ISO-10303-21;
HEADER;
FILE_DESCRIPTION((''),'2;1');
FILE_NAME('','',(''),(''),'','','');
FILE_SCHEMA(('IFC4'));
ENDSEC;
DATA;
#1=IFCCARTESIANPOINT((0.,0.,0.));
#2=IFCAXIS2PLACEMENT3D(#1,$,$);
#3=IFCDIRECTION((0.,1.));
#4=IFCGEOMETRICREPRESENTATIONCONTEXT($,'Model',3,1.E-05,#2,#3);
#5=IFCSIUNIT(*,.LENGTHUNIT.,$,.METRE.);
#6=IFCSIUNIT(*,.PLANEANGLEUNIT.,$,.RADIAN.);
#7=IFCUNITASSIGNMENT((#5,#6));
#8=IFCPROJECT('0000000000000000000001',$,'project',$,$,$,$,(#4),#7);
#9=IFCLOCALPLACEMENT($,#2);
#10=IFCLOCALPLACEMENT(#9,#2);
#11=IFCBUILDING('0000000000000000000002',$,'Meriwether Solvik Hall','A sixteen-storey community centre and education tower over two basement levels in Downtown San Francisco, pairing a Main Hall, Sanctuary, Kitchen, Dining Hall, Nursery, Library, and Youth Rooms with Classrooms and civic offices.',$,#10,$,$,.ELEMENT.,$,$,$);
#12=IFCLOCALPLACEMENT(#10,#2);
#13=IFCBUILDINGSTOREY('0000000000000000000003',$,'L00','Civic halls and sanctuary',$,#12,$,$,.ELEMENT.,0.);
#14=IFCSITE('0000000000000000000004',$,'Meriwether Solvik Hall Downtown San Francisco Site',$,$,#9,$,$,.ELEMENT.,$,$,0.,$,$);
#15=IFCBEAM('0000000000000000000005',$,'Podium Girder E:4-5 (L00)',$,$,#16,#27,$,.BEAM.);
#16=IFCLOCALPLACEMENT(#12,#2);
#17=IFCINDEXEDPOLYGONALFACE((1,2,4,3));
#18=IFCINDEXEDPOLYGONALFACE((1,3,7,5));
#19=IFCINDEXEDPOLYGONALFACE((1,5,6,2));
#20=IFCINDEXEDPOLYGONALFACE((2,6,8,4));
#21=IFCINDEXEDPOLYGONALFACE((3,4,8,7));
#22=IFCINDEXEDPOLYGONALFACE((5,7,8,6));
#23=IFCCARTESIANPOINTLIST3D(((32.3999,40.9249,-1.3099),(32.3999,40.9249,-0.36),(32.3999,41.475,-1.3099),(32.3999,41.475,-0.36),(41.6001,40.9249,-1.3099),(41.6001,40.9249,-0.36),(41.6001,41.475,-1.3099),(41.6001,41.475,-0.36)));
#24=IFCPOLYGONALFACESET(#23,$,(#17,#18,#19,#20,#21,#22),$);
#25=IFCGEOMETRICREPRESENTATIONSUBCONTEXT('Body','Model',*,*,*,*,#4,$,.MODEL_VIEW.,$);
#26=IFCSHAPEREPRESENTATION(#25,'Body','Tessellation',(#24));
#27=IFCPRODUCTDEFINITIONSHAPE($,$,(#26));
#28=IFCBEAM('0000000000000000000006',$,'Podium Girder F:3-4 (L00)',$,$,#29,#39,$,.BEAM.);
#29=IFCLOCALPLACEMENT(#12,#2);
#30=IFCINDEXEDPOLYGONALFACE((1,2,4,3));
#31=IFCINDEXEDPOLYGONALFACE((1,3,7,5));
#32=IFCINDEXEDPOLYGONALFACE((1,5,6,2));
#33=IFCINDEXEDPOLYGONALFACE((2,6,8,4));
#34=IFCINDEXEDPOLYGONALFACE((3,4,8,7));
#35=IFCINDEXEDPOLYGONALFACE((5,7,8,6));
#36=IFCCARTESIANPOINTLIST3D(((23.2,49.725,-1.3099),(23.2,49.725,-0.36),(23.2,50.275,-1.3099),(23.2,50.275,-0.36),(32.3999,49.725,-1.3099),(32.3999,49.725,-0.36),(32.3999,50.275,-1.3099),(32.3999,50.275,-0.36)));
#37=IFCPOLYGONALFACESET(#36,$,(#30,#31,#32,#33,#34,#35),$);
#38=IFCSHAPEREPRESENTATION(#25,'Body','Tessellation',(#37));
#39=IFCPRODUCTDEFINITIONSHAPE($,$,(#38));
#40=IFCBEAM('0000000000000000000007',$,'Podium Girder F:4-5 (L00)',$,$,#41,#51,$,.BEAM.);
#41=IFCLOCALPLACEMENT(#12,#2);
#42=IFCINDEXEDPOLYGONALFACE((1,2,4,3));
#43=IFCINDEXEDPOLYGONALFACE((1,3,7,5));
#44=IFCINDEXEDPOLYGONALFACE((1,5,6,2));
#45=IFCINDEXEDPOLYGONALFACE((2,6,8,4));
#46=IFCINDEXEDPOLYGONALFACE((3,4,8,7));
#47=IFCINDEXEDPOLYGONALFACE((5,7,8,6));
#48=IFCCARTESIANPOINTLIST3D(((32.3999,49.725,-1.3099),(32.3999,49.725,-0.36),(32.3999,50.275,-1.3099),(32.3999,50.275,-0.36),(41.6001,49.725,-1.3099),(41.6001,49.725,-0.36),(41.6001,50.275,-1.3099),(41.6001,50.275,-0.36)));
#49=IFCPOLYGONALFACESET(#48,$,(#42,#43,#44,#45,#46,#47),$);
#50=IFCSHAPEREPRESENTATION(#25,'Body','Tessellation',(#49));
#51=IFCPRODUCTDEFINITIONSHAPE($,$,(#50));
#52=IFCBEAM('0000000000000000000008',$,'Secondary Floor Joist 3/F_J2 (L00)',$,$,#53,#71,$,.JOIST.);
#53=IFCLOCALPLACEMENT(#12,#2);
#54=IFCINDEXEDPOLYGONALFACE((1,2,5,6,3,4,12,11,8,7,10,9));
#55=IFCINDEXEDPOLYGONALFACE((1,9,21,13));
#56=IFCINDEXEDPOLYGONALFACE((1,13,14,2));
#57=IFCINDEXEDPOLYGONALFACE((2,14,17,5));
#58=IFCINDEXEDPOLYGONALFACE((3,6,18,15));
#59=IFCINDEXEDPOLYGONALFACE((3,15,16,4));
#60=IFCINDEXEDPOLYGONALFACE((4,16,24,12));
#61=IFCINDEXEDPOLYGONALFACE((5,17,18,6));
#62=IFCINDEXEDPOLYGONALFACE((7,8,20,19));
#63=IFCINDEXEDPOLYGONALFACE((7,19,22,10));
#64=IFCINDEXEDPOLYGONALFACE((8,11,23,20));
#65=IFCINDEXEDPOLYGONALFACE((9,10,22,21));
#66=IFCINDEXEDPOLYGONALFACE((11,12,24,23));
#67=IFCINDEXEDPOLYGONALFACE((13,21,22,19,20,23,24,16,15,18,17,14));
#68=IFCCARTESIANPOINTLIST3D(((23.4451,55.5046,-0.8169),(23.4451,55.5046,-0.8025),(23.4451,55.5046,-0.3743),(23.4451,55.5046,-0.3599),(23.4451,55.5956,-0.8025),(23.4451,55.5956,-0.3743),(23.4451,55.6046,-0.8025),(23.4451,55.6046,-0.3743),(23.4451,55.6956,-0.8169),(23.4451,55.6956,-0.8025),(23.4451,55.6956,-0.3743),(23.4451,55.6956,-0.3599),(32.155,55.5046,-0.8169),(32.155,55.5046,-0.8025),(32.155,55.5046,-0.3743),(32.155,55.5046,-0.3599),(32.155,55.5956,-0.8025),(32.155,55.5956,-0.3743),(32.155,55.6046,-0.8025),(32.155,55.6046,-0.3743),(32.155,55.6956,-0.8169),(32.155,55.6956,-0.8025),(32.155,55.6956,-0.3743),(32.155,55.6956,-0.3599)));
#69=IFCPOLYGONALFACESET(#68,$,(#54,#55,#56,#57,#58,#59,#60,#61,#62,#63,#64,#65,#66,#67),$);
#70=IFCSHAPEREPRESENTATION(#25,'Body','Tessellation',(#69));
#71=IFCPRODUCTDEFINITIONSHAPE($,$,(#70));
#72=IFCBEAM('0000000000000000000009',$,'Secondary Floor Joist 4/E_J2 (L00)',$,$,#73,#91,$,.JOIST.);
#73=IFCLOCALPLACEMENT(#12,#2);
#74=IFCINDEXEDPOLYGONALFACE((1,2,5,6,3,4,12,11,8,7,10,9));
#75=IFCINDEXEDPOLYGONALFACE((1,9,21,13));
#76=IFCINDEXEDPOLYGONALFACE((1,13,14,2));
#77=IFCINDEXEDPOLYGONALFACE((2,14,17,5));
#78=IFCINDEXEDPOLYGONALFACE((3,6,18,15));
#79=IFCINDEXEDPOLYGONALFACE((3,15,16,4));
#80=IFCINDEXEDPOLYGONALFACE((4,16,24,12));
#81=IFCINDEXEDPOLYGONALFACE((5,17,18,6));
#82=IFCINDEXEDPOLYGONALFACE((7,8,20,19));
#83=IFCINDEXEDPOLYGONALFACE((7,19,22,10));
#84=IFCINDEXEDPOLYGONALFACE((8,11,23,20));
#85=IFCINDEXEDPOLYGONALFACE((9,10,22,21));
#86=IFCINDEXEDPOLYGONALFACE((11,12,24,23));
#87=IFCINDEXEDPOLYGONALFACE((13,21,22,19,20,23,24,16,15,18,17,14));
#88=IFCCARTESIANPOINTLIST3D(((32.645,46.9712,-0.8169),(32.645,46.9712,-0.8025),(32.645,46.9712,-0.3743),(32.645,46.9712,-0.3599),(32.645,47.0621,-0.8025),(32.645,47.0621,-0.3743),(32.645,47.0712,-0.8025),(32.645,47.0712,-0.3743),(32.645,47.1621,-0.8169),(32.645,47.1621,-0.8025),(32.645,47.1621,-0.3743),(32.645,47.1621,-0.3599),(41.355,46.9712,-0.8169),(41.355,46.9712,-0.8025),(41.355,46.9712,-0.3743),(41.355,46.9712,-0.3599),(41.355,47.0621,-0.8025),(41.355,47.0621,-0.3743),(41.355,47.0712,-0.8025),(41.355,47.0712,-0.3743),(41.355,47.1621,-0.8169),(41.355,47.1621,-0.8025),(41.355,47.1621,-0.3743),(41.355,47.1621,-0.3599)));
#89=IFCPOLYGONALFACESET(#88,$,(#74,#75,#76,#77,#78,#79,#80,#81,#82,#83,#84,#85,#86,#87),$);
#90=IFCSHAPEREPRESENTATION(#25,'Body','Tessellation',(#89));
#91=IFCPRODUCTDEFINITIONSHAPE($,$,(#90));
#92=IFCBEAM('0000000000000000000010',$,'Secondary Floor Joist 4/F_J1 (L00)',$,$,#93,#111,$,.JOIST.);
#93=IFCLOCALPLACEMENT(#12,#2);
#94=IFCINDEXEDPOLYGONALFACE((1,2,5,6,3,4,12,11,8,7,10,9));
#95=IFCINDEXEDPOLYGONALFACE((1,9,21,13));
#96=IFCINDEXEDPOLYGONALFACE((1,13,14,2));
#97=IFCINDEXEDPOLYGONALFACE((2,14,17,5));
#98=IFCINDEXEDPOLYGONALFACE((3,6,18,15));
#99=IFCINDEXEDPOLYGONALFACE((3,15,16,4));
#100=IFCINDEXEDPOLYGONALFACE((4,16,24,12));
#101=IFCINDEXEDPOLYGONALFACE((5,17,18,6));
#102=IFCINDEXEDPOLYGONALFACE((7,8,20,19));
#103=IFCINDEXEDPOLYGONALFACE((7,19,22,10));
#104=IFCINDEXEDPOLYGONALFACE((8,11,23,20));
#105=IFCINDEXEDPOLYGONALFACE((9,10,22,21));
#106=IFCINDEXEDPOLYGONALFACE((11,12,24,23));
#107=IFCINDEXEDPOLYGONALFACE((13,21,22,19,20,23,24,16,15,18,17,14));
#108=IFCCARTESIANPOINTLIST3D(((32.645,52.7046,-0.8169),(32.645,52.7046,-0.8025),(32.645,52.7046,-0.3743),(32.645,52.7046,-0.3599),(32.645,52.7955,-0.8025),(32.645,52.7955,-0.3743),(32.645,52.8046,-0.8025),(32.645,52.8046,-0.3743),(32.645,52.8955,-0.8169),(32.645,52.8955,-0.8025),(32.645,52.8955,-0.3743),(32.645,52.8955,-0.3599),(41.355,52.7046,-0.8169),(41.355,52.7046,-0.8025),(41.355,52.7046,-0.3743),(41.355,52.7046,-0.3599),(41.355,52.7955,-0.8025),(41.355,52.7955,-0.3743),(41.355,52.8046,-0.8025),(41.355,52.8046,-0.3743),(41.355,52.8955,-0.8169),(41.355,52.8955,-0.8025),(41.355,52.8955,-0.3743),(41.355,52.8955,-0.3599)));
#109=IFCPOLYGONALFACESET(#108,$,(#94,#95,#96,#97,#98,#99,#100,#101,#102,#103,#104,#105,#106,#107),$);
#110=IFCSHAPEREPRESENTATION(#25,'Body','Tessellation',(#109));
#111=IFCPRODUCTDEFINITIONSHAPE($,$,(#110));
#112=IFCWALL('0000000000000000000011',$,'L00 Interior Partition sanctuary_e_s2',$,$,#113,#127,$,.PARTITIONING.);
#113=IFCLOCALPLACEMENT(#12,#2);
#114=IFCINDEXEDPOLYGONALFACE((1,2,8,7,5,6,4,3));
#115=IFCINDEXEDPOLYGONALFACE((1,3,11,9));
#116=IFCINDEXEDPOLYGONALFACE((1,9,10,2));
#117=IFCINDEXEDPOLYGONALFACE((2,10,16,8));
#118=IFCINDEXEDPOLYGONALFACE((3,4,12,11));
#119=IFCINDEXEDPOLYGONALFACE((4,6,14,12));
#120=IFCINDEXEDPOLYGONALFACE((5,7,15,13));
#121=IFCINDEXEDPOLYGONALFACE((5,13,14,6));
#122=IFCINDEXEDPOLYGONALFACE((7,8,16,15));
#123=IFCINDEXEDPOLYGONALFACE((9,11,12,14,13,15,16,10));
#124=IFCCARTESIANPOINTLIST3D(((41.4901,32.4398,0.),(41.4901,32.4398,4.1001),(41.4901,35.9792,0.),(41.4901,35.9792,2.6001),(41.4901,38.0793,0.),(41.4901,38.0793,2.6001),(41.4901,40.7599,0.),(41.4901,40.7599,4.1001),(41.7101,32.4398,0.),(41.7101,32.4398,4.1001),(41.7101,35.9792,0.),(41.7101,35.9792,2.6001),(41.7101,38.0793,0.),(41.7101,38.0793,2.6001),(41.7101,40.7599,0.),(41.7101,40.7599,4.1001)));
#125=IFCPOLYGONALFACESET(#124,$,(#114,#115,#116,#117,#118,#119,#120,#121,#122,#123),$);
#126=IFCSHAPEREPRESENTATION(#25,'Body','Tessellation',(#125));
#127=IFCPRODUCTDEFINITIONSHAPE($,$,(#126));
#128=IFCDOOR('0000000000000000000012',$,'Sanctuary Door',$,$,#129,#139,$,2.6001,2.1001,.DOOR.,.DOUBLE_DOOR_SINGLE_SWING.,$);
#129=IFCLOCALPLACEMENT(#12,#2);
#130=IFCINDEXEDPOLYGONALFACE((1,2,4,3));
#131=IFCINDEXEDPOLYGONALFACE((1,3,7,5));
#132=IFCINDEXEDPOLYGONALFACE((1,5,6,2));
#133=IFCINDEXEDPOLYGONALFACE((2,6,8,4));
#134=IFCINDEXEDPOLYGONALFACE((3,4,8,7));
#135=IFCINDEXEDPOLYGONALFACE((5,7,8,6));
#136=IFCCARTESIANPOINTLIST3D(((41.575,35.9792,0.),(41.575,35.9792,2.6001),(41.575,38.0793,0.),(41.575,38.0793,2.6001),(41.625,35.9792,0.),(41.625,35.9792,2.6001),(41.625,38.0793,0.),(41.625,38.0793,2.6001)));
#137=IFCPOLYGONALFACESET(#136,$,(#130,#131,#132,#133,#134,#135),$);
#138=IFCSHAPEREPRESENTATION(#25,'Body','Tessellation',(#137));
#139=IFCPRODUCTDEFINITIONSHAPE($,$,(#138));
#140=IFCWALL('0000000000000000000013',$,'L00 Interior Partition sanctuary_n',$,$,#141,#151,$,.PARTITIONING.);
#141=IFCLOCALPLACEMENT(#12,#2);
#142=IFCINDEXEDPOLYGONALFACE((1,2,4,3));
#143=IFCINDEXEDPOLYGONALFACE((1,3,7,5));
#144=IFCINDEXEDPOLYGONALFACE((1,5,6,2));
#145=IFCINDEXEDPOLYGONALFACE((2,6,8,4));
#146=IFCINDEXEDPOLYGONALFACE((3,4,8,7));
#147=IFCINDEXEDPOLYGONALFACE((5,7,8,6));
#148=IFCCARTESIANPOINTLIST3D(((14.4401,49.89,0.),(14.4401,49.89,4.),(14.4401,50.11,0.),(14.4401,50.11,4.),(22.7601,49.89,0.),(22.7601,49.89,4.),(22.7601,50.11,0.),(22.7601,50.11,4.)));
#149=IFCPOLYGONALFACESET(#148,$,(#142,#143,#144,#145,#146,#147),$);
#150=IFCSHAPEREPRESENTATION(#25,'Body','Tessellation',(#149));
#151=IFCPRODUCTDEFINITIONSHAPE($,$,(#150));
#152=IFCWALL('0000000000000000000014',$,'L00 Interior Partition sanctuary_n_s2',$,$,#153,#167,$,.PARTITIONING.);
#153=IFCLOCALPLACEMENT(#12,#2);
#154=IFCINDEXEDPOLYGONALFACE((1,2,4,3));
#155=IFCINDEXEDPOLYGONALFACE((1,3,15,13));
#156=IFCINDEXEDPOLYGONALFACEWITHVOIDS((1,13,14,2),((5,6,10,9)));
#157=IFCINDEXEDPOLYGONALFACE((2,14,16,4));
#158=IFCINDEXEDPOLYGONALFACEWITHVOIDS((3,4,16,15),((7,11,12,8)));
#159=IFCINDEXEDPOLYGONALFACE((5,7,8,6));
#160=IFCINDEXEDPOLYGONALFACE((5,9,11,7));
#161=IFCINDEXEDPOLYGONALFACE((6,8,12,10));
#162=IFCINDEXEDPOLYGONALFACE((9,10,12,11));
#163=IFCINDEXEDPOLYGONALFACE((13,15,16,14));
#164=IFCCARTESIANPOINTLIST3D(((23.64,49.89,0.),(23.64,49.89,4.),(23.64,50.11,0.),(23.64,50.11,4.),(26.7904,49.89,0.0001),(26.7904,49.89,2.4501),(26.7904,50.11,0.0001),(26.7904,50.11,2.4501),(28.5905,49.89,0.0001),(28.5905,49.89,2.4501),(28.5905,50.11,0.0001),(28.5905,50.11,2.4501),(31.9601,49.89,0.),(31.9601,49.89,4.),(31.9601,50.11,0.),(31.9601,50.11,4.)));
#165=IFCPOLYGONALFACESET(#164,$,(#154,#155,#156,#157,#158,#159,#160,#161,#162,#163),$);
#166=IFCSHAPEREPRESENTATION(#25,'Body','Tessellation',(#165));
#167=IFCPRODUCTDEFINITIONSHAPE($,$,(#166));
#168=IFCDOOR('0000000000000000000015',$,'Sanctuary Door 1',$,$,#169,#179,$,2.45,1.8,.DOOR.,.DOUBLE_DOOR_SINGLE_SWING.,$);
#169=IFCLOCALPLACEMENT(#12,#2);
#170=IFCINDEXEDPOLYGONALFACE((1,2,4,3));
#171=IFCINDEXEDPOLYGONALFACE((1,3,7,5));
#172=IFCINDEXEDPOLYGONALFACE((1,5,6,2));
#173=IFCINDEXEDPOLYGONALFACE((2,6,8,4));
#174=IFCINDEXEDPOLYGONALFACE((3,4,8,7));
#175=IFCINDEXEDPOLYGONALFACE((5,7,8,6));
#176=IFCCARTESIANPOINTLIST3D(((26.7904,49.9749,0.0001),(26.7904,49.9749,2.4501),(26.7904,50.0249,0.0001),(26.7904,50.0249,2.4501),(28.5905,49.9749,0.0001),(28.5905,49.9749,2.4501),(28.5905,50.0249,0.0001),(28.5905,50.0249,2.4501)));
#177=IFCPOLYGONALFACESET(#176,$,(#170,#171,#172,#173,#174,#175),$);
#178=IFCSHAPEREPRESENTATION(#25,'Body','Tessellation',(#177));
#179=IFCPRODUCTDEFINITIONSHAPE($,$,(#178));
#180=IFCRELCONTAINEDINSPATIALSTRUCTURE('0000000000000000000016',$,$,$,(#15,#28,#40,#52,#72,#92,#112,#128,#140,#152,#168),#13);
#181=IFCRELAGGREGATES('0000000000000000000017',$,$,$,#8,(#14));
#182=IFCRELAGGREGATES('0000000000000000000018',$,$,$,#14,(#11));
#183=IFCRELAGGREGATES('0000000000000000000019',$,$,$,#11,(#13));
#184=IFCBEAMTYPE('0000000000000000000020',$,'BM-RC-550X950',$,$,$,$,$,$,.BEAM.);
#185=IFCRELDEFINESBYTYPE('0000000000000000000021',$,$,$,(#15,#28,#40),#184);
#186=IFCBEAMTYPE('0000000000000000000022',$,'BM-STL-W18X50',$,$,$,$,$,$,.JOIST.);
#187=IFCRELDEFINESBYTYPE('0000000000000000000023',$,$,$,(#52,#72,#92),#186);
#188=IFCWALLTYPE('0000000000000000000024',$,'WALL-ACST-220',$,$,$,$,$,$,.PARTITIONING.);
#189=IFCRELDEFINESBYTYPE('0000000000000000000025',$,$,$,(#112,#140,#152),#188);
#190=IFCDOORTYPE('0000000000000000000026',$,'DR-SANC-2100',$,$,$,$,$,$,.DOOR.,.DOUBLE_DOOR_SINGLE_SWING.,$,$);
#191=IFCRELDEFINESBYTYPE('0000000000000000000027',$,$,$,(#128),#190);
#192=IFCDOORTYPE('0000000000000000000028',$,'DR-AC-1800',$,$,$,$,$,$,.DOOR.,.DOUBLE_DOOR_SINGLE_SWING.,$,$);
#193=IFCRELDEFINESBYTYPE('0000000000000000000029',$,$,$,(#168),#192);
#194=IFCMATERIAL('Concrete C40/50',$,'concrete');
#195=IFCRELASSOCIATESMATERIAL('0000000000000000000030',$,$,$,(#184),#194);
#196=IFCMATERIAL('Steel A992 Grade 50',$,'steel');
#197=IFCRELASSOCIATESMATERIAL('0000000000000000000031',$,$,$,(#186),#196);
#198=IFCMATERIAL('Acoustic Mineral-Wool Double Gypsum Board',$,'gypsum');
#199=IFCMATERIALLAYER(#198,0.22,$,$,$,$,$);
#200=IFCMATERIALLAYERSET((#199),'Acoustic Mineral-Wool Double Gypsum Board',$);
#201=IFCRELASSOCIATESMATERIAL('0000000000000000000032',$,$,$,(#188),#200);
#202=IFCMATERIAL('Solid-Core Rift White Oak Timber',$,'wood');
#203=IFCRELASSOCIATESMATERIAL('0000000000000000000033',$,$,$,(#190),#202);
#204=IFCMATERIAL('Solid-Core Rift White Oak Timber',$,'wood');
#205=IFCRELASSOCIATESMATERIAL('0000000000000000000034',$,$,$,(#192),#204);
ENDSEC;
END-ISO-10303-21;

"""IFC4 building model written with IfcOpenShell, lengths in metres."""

from ifc_helpers import new_model, si_unit, direction, frame, frame_2d, origin, origin_2d, place, context, subcontext, project, spatial, rectangle, i_section, extrude, material, layer, layer_set, material_profile, profile_set, type_object, element, fill, save


model = new_model("IFC4")

# Units and contexts
model_context = context("Model", 3, precision=1e-05, world=origin(), true_north=direction((0.0, 1.0)))
body_context = subcontext(model_context, "Body", "Model", "MODEL_VIEW")
ifc_project = project(units=[si_unit("LENGTHUNIT", "METRE"), si_unit("PLANEANGLEUNIT", "RADIAN")], contexts=[model_context])

# Site, building, storey
site_placement = place(None, origin())
site = spatial("IfcSite", under=ifc_project, at=site_placement, Name="Meriwether Solvik Hall Downtown San Francisco Site", CompositionType="ELEMENT", RefElevation=0.0)
building_placement = place(site_placement, origin())
building = spatial("IfcBuilding", under=site, at=building_placement, Name="Meriwether Solvik Hall", Description="A sixteen-storey community centre and education tower over two basement levels in Downtown San Francisco, pairing a Main Hall, Sanctuary, Kitchen, Dining Hall, Nursery, Library, and Youth Rooms with Classrooms and civic offices.", CompositionType="ELEMENT")
storey_placement = place(building_placement, origin())
storey = spatial("IfcBuildingStorey", under=building, at=storey_placement, Name="L00", Description="Civic halls and sanctuary", CompositionType="ELEMENT", Elevation=0.0)

# Beams
ifc_material_1 = material(Name="Concrete C40/50", Category="concrete")
ifc_material_profile_1 = material_profile(ifc_material_1, rectangle(XDim=0.55, YDim=0.95, at=origin_2d()), Name="RCB-550X950")
ifc_profile_set_1 = profile_set([ifc_material_profile_1], Name="Concrete C40/50")
beam_type_1 = type_object("IfcBeamType", Name="BM-RC-550X950", PredefinedType="BEAM", material=ifc_profile_set_1)
beam_1_placement = place(storey_placement, frame((32.3999, 41.2, -0.835), z_axis=(1.0, 0.0, 0.0), x_axis=(0.0, 1.0, 0.0)))
element("IfcBeam", 1, at=beam_1_placement, inside=storey, type_object=beam_type_1, Name="Podium Girder E:4-5 (L00)", PredefinedType="BEAM", context=body_context, shape_type="SweptSolid", body=[
    extrude(rectangle(XDim=0.55, YDim=0.95, at=origin_2d()), origin(), (0.0, 0.0, 1.0), 9.2002),
])
beam_2_placement = place(storey_placement, frame((23.2, 50.0, -0.835), z_axis=(1.0, 0.0, 0.0), x_axis=(0.0, 1.0, 0.0)))
element("IfcBeam", 2, at=beam_2_placement, inside=storey, type_object=beam_type_1, Name="Podium Girder F:3-4 (L00)", PredefinedType="BEAM", context=body_context, shape_type="SweptSolid", body=[
    extrude(rectangle(XDim=0.55, YDim=0.95, at=origin_2d()), origin(), (0.0, 0.0, 1.0), 9.2),
])
beam_3_placement = place(storey_placement, frame((32.3999, 50.0, -0.835), z_axis=(1.0, 0.0, 0.0), x_axis=(0.0, 1.0, 0.0)))
element("IfcBeam", 3, at=beam_3_placement, inside=storey, type_object=beam_type_1, Name="Podium Girder F:4-5 (L00)", PredefinedType="BEAM", context=body_context, shape_type="SweptSolid", body=[
    extrude(rectangle(XDim=0.55, YDim=0.95, at=origin_2d()), origin(), (0.0, 0.0, 1.0), 9.2002),
])
ifc_material_2 = material(Name="Steel A992 Grade 50", Category="steel")
ifc_material_profile_2 = material_profile(ifc_material_2, i_section(OverallWidth=0.1909, OverallDepth=0.457, WebThickness=0.009, FlangeThickness=0.0144, at=origin_2d()), Name="W18X50")
ifc_profile_set_2 = profile_set([ifc_material_profile_2], Name="Steel A992 Grade 50")
beam_type_2 = type_object("IfcBeamType", Name="BM-STL-W18X50", PredefinedType="JOIST", material=ifc_profile_set_2)
for number, where, z_axis, x_axis, name in (
    (4, (23.4451, 55.6001, -0.5884), (1.0, 0.0, 0.0), (0.0, 1.0, 0.0), "Secondary Floor Joist 3/F_J2 (L00)"),
    (5, (32.645, 47.0667, -0.5884), (1.0, 0.0, 0.0), (0.0, 1.0, 0.0), "Secondary Floor Joist 4/E_J2 (L00)"),
    (6, (32.645, 52.8, -0.5884), (1.0, 0.0, 0.0), (0.0, 1.0, 0.0), "Secondary Floor Joist 4/F_J1 (L00)"),
):
    element("IfcBeam", number, at=place(storey_placement, frame(where, z_axis=z_axis, x_axis=x_axis)), inside=storey, type_object=beam_type_2, Name=name, PredefinedType="JOIST", context=body_context, shape_type="SweptSolid", body=[
        extrude(i_section(OverallWidth=0.1909, OverallDepth=0.457, WebThickness=0.009, FlangeThickness=0.0144, at=origin_2d()), origin(), (0.0, 0.0, 1.0), 8.71),
    ])

# Wall, opening, door
ifc_material_3 = material(Name="Acoustic Mineral-Wool Double Gypsum Board", Category="gypsum")
ifc_layer = layer(ifc_material_3, 0.22)
ifc_layer_set = layer_set([ifc_layer], Name="Acoustic Mineral-Wool Double Gypsum Board")
wall_type = type_object("IfcWallType", Name="WALL-ACST-220", PredefinedType="PARTITIONING", material=ifc_layer_set)
wall_1_placement = place(storey_placement, frame((41.6001, 40.76, 0.0), z_axis=(0.0, 0.0, 1.0), x_axis=(0.0, -1.0, 0.0)))
wall_1 = element("IfcWall", 7, at=wall_1_placement, inside=storey, type_object=wall_type, Name="L00 Interior Partition sanctuary_e_s2", PredefinedType="PARTITIONING", context=body_context, shape_type="SweptSolid", body=[
    extrude(rectangle(XDim=8.3201, YDim=0.22, at=frame_2d((4.1602, 0.0))), origin(), (0.0, 0.0, 1.0), 4.1001),
])
opening_1_placement = place(wall_1_placement, frame((2.6807, 0.0, 0.0)))
opening_1 = element("IfcOpeningElement", 8, at=opening_1_placement, cuts=wall_1, PredefinedType="OPENING", context=body_context, shape_type="SweptSolid", body=[
    extrude(rectangle(XDim=2.1001, YDim=2.6001, at=frame_2d((1.05, 1.3))), frame((0.0, 0.1221, 0.0), z_axis=(0.0, -1.0, 0.0), x_axis=(1.0, 0.0, 0.0)), (0.0, 0.0, 1.0), 0.2439),
])
ifc_material_4 = material(Name="Solid-Core Rift White Oak Timber", Category="wood")
door_type_1 = type_object("IfcDoorType", Name="DR-SANC-2100", OperationType="DOUBLE_DOOR_SINGLE_SWING", PredefinedType="DOOR", material=ifc_material_4)
door_1_placement = place(opening_1_placement, origin())
door_1 = element("IfcDoor", 9, at=door_1_placement, inside=storey, type_object=door_type_1, Name="Sanctuary Door", OperationType="DOUBLE_DOOR_SINGLE_SWING", OverallHeight=2.6001, OverallWidth=2.1001, PredefinedType="DOOR", context=body_context, shape_type="SweptSolid", body=[
    extrude(rectangle(XDim=2.1001, YDim=2.6001, at=frame_2d((1.05, 1.3))), frame((0.0, 0.0249, 0.0), z_axis=(0.0, -1.0, 0.0), x_axis=(1.0, 0.0, 0.0)), (0.0, 0.0, 1.0), 0.05),
])
fill(opening_1, door_1)

# Wall
wall_2_placement = place(storey_placement, frame((14.4399, 50.0, 0.0), z_axis=(0.0, 0.0, 1.0), x_axis=(1.0, 0.0, 0.0)))
element("IfcWall", 10, at=wall_2_placement, inside=storey, type_object=wall_type, Name="L00 Interior Partition sanctuary_n", PredefinedType="PARTITIONING", context=body_context, shape_type="SweptSolid", body=[
    extrude(rectangle(XDim=8.3201, YDim=0.22, at=frame_2d((4.1602, 0.0))), origin(), (0.0, 0.0, 1.0), 4.0),
])

# Wall, opening, door
wall_3_placement = place(storey_placement, frame((23.6399, 50.0, 0.0), z_axis=(0.0, 0.0, 1.0), x_axis=(1.0, 0.0, 0.0)))
wall_3 = element("IfcWall", 11, at=wall_3_placement, inside=storey, type_object=wall_type, Name="L00 Interior Partition sanctuary_n_s2", PredefinedType="PARTITIONING", context=body_context, shape_type="SweptSolid", body=[
    extrude(rectangle(XDim=8.3201, YDim=0.22, at=frame_2d((4.1602, 0.0))), origin(), (0.0, 0.0, 1.0), 4.0),
])
opening_2_placement = place(wall_3_placement, frame((3.1506, 0.0, 0.0)))
opening_2 = element("IfcOpeningElement", 12, at=opening_2_placement, cuts=wall_3, PredefinedType="OPENING", context=body_context, shape_type="SweptSolid", body=[
    extrude(rectangle(XDim=1.8, YDim=2.45, at=frame_2d((0.8999, 1.2251))), frame((0.0, 0.1221, 0.0), z_axis=(0.0, -1.0, 0.0), x_axis=(1.0, 0.0, 0.0)), (0.0, 0.0, 1.0), 0.2439),
])
ifc_material_5 = material(Name="Solid-Core Rift White Oak Timber", Category="wood")
door_type_2 = type_object("IfcDoorType", Name="DR-AC-1800", OperationType="DOUBLE_DOOR_SINGLE_SWING", PredefinedType="DOOR", material=ifc_material_5)
door_2_placement = place(opening_2_placement, origin())
door_2 = element("IfcDoor", 13, at=door_2_placement, inside=storey, type_object=door_type_2, Name="Sanctuary Door 1", OperationType="DOUBLE_DOOR_SINGLE_SWING", OverallHeight=2.45, OverallWidth=1.8, PredefinedType="DOOR", context=body_context, shape_type="SweptSolid", body=[
    extrude(rectangle(XDim=1.8, YDim=2.45, at=frame_2d((0.8999, 1.2251))), frame((0.0, 0.0249, 0.0), z_axis=(0.0, -1.0, 0.0), x_axis=(1.0, 0.0, 0.0)), (0.0, 0.0, 1.0), 0.05),
])
fill(opening_2, door_2)

save(model, "model.ifc")
